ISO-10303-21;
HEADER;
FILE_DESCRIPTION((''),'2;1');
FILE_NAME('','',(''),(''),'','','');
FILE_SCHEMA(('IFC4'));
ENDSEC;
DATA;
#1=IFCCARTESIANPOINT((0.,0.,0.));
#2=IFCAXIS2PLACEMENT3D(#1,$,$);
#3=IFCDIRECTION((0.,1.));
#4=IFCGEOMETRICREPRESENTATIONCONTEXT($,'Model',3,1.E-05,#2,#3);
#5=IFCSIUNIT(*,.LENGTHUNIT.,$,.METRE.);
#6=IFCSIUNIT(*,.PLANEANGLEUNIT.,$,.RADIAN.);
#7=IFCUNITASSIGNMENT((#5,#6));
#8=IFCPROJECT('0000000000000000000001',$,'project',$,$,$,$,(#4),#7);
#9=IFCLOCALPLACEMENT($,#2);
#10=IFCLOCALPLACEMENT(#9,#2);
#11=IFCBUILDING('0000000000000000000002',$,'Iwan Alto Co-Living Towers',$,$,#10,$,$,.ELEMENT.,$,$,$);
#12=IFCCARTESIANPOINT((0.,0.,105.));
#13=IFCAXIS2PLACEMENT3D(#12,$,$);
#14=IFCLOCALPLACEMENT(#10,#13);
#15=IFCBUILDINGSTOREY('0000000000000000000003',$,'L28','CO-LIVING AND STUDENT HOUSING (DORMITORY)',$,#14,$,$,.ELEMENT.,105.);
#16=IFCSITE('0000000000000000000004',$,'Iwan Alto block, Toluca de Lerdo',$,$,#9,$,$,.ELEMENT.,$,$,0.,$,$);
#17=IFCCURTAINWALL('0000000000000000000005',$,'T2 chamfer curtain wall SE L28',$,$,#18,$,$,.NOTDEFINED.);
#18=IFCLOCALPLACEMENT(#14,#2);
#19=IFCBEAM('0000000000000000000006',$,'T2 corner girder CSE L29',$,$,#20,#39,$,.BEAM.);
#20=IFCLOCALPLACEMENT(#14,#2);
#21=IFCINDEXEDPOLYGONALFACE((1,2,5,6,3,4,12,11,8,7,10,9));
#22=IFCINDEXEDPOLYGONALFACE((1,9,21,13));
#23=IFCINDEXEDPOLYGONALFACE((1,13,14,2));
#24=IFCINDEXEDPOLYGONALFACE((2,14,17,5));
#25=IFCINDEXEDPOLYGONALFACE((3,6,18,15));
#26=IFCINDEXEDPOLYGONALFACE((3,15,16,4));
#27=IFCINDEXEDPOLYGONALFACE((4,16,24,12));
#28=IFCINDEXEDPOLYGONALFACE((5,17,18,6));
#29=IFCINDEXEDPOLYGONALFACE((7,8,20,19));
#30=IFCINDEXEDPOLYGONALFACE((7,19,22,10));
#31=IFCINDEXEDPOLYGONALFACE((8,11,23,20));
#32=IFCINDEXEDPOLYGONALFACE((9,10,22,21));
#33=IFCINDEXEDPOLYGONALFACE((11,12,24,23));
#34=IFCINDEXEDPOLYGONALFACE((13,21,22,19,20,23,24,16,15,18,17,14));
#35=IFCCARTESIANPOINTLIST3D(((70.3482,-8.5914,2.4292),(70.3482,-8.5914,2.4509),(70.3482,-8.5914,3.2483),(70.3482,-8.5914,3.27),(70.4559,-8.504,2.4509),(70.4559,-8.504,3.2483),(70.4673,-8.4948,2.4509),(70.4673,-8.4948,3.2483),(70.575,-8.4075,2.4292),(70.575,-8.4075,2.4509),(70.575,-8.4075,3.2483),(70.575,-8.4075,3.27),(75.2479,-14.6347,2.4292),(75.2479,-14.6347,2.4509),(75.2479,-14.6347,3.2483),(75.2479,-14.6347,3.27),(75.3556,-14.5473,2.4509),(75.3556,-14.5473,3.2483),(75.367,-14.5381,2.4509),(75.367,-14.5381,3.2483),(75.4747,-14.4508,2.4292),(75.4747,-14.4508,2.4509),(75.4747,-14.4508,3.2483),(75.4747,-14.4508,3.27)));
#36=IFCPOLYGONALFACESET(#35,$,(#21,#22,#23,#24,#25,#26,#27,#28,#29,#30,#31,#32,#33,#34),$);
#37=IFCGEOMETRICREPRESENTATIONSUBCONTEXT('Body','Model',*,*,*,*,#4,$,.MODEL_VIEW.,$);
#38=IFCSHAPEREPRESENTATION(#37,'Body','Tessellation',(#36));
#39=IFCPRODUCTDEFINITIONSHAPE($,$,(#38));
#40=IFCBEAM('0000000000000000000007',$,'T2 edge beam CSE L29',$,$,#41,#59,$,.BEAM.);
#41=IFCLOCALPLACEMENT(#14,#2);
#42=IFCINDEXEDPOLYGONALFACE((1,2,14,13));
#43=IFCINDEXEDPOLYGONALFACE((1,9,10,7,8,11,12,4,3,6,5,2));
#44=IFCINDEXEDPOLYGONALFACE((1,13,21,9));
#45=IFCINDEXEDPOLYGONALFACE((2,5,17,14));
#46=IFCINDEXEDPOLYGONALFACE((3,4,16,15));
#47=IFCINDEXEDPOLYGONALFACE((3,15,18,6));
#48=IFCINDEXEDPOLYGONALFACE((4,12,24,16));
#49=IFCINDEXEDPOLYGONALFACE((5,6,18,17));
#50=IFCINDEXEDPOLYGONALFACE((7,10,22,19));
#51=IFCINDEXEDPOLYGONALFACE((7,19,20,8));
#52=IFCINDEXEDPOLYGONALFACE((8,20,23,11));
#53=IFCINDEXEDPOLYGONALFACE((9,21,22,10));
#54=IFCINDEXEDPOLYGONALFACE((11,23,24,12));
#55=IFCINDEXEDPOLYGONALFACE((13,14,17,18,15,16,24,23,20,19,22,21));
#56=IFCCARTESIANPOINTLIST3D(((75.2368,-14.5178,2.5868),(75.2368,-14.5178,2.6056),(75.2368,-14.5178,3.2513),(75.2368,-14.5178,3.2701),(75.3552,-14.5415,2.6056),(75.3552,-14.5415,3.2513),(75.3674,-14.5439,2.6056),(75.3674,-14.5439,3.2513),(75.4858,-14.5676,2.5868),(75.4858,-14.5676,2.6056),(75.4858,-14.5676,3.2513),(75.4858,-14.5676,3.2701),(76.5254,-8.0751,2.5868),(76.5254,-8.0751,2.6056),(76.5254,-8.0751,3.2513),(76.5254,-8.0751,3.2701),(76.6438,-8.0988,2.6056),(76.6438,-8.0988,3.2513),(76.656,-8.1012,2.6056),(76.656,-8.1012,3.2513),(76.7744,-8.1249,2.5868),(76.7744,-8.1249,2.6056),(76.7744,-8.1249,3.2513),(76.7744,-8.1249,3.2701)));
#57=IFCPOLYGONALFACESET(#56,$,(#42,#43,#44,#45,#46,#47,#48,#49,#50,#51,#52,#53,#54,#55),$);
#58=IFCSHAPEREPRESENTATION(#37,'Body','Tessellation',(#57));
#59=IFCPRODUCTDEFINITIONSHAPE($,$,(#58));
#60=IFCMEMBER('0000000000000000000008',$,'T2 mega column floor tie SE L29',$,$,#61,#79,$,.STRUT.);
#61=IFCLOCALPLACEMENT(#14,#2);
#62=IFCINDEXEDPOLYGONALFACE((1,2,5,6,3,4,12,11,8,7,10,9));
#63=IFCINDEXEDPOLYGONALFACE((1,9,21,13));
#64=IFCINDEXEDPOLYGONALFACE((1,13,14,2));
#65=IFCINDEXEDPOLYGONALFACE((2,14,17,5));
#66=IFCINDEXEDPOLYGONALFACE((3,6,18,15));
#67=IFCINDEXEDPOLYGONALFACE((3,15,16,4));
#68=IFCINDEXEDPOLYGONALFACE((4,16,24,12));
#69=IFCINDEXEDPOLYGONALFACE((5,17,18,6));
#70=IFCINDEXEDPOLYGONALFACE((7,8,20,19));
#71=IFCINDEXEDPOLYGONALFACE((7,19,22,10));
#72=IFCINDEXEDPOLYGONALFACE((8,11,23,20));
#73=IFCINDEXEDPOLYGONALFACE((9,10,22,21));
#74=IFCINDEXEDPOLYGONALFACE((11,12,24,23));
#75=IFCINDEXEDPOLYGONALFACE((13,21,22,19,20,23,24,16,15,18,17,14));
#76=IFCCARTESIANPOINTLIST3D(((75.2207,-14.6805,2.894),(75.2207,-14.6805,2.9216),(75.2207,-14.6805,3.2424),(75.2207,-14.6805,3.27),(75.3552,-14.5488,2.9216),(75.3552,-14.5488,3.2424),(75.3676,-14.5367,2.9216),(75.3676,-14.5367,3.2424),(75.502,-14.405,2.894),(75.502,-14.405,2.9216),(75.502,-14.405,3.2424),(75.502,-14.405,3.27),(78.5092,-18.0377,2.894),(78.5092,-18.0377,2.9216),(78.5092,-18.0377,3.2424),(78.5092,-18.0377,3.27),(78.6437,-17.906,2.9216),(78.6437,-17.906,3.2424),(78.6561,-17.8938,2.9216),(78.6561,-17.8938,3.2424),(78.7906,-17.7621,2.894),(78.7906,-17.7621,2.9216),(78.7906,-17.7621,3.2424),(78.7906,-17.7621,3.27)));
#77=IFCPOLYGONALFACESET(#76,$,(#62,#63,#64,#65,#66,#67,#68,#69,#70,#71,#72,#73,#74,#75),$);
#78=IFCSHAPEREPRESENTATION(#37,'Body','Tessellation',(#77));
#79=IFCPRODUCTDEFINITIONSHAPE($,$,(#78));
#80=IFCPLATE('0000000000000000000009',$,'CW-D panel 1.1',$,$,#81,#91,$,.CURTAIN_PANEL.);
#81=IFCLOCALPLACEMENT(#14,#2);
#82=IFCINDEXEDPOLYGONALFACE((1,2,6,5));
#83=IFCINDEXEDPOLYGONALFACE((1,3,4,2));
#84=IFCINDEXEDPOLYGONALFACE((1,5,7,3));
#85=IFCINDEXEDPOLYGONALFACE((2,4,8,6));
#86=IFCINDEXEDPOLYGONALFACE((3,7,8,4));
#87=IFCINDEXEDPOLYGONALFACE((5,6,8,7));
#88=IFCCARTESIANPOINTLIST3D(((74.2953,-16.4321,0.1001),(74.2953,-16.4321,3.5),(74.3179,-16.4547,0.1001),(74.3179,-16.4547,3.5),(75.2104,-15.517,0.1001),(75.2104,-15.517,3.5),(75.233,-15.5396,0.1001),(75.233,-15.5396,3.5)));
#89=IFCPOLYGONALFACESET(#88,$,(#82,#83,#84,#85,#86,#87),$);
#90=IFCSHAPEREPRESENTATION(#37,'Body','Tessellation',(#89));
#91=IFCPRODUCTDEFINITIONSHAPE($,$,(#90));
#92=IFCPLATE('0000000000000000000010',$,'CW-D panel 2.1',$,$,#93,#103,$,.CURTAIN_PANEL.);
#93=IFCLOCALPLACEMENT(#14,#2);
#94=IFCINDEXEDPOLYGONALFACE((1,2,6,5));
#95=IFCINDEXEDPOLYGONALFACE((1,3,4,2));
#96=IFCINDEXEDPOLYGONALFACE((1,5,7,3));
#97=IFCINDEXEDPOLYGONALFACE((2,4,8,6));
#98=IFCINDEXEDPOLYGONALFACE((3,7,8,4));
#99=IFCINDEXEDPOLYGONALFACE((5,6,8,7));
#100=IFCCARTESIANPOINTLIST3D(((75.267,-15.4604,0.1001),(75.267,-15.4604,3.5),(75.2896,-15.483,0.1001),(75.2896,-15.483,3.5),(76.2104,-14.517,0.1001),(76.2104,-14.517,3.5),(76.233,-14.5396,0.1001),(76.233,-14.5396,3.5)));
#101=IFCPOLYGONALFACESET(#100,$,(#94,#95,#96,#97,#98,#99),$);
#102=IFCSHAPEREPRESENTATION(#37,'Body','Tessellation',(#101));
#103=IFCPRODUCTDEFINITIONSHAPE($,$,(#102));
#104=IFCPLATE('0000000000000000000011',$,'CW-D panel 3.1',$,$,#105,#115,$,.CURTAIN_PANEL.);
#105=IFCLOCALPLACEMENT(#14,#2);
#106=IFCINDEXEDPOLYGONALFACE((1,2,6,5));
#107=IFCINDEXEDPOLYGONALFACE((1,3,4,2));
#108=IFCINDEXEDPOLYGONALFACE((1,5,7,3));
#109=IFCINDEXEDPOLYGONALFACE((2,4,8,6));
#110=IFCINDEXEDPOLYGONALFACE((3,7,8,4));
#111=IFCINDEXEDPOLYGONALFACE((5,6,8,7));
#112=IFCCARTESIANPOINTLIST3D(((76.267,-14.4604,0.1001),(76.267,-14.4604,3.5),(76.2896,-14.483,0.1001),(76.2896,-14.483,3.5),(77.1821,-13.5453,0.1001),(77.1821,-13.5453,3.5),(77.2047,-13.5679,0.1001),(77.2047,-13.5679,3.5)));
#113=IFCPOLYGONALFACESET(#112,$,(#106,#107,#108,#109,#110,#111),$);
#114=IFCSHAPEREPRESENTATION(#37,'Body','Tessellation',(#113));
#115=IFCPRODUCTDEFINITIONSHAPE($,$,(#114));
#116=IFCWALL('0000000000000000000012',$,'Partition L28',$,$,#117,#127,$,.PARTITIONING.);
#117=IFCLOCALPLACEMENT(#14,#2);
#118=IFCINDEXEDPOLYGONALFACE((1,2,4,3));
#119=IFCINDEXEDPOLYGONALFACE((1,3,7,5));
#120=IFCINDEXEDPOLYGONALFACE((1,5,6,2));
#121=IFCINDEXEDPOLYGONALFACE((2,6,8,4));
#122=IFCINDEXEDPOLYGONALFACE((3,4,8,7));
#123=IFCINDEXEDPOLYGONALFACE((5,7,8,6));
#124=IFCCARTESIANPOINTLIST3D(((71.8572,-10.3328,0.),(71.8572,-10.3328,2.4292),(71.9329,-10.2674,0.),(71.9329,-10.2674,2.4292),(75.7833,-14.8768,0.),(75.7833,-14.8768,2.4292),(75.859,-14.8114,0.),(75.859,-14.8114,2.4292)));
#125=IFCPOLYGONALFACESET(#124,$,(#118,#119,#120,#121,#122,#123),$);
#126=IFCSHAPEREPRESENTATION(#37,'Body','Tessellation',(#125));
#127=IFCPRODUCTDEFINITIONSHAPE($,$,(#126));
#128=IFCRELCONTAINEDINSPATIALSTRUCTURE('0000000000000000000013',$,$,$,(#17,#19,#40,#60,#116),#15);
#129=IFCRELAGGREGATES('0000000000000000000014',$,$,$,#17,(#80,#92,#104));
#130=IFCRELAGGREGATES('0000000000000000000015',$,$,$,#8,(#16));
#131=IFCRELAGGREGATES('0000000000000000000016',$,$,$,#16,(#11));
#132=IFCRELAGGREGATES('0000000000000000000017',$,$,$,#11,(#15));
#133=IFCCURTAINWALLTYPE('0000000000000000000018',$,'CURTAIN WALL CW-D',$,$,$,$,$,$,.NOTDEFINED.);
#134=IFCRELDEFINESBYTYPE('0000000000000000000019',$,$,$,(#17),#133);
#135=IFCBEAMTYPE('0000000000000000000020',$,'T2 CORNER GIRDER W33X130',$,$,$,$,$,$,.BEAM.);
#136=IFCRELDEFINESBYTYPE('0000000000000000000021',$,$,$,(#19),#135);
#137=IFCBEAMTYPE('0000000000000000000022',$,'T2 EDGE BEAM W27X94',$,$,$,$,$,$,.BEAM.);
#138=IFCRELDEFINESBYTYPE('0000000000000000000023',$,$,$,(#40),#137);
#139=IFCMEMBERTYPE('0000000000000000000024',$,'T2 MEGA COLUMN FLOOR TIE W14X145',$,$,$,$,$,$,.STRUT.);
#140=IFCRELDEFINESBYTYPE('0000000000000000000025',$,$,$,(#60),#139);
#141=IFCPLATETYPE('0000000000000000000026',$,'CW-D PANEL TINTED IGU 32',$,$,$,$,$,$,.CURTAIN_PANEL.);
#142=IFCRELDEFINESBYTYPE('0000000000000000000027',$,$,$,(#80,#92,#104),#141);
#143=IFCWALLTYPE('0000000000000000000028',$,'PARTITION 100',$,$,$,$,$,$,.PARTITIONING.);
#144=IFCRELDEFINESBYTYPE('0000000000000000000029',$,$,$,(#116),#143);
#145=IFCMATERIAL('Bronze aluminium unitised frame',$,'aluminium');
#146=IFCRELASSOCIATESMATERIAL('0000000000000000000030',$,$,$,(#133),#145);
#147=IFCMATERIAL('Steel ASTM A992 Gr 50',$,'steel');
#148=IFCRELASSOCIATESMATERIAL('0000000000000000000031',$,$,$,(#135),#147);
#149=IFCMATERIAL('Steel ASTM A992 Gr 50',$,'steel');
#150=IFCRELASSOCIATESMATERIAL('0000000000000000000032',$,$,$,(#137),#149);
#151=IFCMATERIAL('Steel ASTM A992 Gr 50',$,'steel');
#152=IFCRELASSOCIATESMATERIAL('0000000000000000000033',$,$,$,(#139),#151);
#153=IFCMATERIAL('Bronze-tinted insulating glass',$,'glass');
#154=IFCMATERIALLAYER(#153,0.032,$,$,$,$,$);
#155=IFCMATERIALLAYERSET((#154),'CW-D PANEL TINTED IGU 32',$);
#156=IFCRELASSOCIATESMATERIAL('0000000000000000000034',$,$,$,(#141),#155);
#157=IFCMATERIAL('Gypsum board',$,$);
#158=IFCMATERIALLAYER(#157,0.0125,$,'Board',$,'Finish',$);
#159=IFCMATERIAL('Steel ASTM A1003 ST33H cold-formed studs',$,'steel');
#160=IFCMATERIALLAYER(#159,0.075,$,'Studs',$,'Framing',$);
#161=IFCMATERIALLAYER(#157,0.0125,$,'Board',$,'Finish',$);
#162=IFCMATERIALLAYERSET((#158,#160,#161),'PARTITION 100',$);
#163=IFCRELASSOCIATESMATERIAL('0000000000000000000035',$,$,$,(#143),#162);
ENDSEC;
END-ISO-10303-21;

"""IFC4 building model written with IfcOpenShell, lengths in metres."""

from ifc_helpers import new_model, si_unit, direction, frame, frame_2d, origin, origin_2d, place, context, subcontext, project, spatial, rectangle, i_section, extrude, material, layer, layer_set, material_profile, profile_set, type_object, element, aggregate, save


model = new_model("IFC4")

# Units and contexts
model_context = context("Model", 3, precision=1e-05, world=origin(), true_north=direction((0.0, 1.0)))
body_context = subcontext(model_context, "Body", "Model", "MODEL_VIEW")
ifc_project = project(units=[si_unit("LENGTHUNIT", "METRE"), si_unit("PLANEANGLEUNIT", "RADIAN")], contexts=[model_context])

# Site, building, storey
site_placement = place(None, origin())
site = spatial("IfcSite", under=ifc_project, at=site_placement, Name="Iwan Alto block, Toluca de Lerdo", CompositionType="ELEMENT", RefElevation=0.0)
building_placement = place(site_placement, origin())
building = spatial("IfcBuilding", under=site, at=building_placement, Name="Iwan Alto Co-Living Towers", CompositionType="ELEMENT")
storey_placement = place(building_placement, frame((0.0, 0.0, 105.0)))
storey = spatial("IfcBuildingStorey", under=building, at=storey_placement, Name="L28", Description="CO-LIVING AND STUDENT HOUSING (DORMITORY)", CompositionType="ELEMENT", Elevation=105.0)

# Curtain wall
ifc_material_1 = material(Name="Bronze aluminium unitised frame", Category="aluminium")
curtain_wall_type_1 = type_object("IfcCurtainWallType", Name="CURTAIN WALL CW-D", PredefinedType="NOTDEFINED", material=ifc_material_1)
curtain_wall_1_placement = place(storey_placement, origin())
curtain_wall_1 = element("IfcCurtainWall", 1, at=curtain_wall_1_placement, inside=storey, type_object=curtain_wall_type_1, Name="T2 chamfer curtain wall SE L28", PredefinedType="NOTDEFINED")

# Beams
ifc_material_2 = material(Name="Steel ASTM A992 Gr 50", Category="steel")
ifc_material_profile_1 = material_profile(ifc_material_2, i_section(OverallWidth=0.292, OverallDepth=0.8408, WebThickness=0.0146, FlangeThickness=0.0217, at=origin_2d()), Name="W33X130")
ifc_profile_set_1 = profile_set([ifc_material_profile_1], Name="Steel ASTM A992 Gr 50")
beam_type_1 = type_object("IfcBeamType", Name="T2 CORNER GIRDER W33X130", PredefinedType="BEAM", material=ifc_profile_set_1)
beam_1_placement = place(storey_placement, frame((75.3613, -14.5427, 2.8496), z_axis=(-0.629783, 0.776771, 0.0), x_axis=(-0.776771, -0.629783, 0.0)))
element("IfcBeam", 2, at=beam_1_placement, inside=storey, type_object=beam_type_1, Name="T2 corner girder CSE L29", PredefinedType="BEAM", context=body_context, shape_type="SweptSolid", body=[
    extrude(i_section(OverallWidth=0.292, OverallDepth=0.8408, WebThickness=0.0146, FlangeThickness=0.0217, at=origin_2d()), origin(), (0.0, 0.0, 1.0), 7.78),
])
ifc_material_3 = material(Name="Steel ASTM A992 Gr 50", Category="steel")
ifc_material_profile_2 = material_profile(ifc_material_3, i_section(OverallWidth=0.2539, OverallDepth=0.6833, WebThickness=0.0125, FlangeThickness=0.0188, at=origin_2d()), Name="W27X94")
ifc_profile_set_2 = profile_set([ifc_material_profile_2], Name="Steel ASTM A992 Gr 50")
beam_type_2 = type_object("IfcBeamType", Name="T2 EDGE BEAM W27X94", PredefinedType="BEAM", material=ifc_profile_set_2)
beam_2_placement = place(storey_placement, frame((75.3613, -14.5427, 2.9285), z_axis=(0.196123, 0.980579, 0.0), x_axis=(-0.980579, 0.196123, 0.0)))
element("IfcBeam", 3, at=beam_2_placement, inside=storey, type_object=beam_type_2, Name="T2 edge beam CSE L29", PredefinedType="BEAM", context=body_context, shape_type="SweptSolid", body=[
    extrude(i_section(OverallWidth=0.2539, OverallDepth=0.6833, WebThickness=0.0125, FlangeThickness=0.0188, at=origin_2d()), origin(), (0.0, 0.0, 1.0), 6.5703),
])

# Member
ifc_material_4 = material(Name="Steel ASTM A992 Gr 50", Category="steel")
ifc_material_profile_3 = material_profile(ifc_material_4, i_section(OverallWidth=0.3938, OverallDepth=0.376, WebThickness=0.0173, FlangeThickness=0.0276, at=origin_2d()), Name="W14X145")
ifc_profile_set_3 = profile_set([ifc_material_profile_3], Name="Steel ASTM A992 Gr 50")
member_type_1 = type_object("IfcMemberType", Name="T2 MEGA COLUMN FLOOR TIE W14X145", PredefinedType="STRUT", material=ifc_profile_set_3)
member_1_placement = place(storey_placement, frame((78.6499, -17.8999, 3.082), z_axis=(-0.69977, 0.714368, 0.0), x_axis=(-0.714368, -0.69977, 0.0)))
element("IfcMember", 4, at=member_1_placement, inside=storey, type_object=member_type_1, Name="T2 mega column floor tie SE L29", PredefinedType="STRUT", context=body_context, shape_type="SweptSolid", body=[
    extrude(i_section(OverallWidth=0.3938, OverallDepth=0.376, WebThickness=0.0173, FlangeThickness=0.0276, at=origin_2d()), origin(), (0.0, 0.0, 1.0), 4.6995),
])

# Plates
ifc_material_5 = material(Name="Bronze-tinted insulating glass", Category="glass")
ifc_layer_1 = layer(ifc_material_5, 0.032)
ifc_layer_set_1 = layer_set([ifc_layer_1], Name="CW-D PANEL TINTED IGU 32")
plate_type = type_object("IfcPlateType", Name="CW-D PANEL TINTED IGU 32", PredefinedType="CURTAIN_PANEL", material=ifc_layer_set_1)
plate_1_placement = place(storey_placement, frame((74.7642, -15.9858, 0.1001), z_axis=(0.0, 0.0, 1.0), x_axis=(0.707107, 0.707107, 0.0)))
plate_1 = element("IfcPlate", 5, at=plate_1_placement, type_object=plate_type, Name="CW-D panel 1.1", PredefinedType="CURTAIN_PANEL", context=body_context, shape_type="SweptSolid", body=[
    extrude(rectangle(XDim=1.2942, YDim=0.032, at=origin_2d()), origin(), (0.0, 0.0, 1.0), 3.3999),
])
plate_2_placement = place(storey_placement, frame((75.75, -15.0, 0.1001), z_axis=(0.0, 0.0, 1.0), x_axis=(0.707107, 0.707107, 0.0)))
plate_2 = element("IfcPlate", 6, at=plate_2_placement, type_object=plate_type, Name="CW-D panel 2.1", PredefinedType="CURTAIN_PANEL", context=body_context, shape_type="SweptSolid", body=[
    extrude(rectangle(XDim=1.3342, YDim=0.032, at=origin_2d()), origin(), (0.0, 0.0, 1.0), 3.3999),
])
plate_3_placement = place(storey_placement, frame((76.7358, -14.0142, 0.1001), z_axis=(0.0, 0.0, 1.0), x_axis=(0.707107, 0.707107, 0.0)))
plate_3 = element("IfcPlate", 7, at=plate_3_placement, type_object=plate_type, Name="CW-D panel 3.1", PredefinedType="CURTAIN_PANEL", context=body_context, shape_type="SweptSolid", body=[
    extrude(rectangle(XDim=1.2942, YDim=0.032, at=origin_2d()), origin(), (0.0, 0.0, 1.0), 3.3999),
])
aggregate(curtain_wall_1, [plate_1, plate_2, plate_3])

# Wall
ifc_material_6 = material(Name="Gypsum board")
ifc_layer_2 = layer(ifc_material_6, 0.0125, Name="Board", Category="Finish")
ifc_material_7 = material(Name="Steel ASTM A1003 ST33H cold-formed studs", Category="steel")
ifc_layer_3 = layer(ifc_material_7, 0.075, Name="Studs", Category="Framing")
ifc_layer_4 = layer(ifc_material_6, 0.0125, Name="Board", Category="Finish")
ifc_layer_set_2 = layer_set([ifc_layer_2, ifc_layer_3, ifc_layer_4], Name="PARTITION 100")
wall_type = type_object("IfcWallType", Name="PARTITION 100", PredefinedType="PARTITIONING", material=ifc_layer_set_2)
wall_placement = place(storey_placement, frame((75.821, -14.844, 0.0), z_axis=(0.0, 0.0, 1.0), x_axis=(-0.653783, 0.756682, 0.0)))
element("IfcWall", 8, at=wall_placement, inside=storey, type_object=wall_type, Name="Partition L28", PredefinedType="PARTITIONING", context=body_context, shape_type="SweptSolid", body=[
    extrude(rectangle(XDim=6.0051, YDim=0.1001, at=frame_2d((3.0024, 0.0))), origin(), (0.0, 0.0, 1.0), 2.4292),
])

save(model, "model.ifc")
